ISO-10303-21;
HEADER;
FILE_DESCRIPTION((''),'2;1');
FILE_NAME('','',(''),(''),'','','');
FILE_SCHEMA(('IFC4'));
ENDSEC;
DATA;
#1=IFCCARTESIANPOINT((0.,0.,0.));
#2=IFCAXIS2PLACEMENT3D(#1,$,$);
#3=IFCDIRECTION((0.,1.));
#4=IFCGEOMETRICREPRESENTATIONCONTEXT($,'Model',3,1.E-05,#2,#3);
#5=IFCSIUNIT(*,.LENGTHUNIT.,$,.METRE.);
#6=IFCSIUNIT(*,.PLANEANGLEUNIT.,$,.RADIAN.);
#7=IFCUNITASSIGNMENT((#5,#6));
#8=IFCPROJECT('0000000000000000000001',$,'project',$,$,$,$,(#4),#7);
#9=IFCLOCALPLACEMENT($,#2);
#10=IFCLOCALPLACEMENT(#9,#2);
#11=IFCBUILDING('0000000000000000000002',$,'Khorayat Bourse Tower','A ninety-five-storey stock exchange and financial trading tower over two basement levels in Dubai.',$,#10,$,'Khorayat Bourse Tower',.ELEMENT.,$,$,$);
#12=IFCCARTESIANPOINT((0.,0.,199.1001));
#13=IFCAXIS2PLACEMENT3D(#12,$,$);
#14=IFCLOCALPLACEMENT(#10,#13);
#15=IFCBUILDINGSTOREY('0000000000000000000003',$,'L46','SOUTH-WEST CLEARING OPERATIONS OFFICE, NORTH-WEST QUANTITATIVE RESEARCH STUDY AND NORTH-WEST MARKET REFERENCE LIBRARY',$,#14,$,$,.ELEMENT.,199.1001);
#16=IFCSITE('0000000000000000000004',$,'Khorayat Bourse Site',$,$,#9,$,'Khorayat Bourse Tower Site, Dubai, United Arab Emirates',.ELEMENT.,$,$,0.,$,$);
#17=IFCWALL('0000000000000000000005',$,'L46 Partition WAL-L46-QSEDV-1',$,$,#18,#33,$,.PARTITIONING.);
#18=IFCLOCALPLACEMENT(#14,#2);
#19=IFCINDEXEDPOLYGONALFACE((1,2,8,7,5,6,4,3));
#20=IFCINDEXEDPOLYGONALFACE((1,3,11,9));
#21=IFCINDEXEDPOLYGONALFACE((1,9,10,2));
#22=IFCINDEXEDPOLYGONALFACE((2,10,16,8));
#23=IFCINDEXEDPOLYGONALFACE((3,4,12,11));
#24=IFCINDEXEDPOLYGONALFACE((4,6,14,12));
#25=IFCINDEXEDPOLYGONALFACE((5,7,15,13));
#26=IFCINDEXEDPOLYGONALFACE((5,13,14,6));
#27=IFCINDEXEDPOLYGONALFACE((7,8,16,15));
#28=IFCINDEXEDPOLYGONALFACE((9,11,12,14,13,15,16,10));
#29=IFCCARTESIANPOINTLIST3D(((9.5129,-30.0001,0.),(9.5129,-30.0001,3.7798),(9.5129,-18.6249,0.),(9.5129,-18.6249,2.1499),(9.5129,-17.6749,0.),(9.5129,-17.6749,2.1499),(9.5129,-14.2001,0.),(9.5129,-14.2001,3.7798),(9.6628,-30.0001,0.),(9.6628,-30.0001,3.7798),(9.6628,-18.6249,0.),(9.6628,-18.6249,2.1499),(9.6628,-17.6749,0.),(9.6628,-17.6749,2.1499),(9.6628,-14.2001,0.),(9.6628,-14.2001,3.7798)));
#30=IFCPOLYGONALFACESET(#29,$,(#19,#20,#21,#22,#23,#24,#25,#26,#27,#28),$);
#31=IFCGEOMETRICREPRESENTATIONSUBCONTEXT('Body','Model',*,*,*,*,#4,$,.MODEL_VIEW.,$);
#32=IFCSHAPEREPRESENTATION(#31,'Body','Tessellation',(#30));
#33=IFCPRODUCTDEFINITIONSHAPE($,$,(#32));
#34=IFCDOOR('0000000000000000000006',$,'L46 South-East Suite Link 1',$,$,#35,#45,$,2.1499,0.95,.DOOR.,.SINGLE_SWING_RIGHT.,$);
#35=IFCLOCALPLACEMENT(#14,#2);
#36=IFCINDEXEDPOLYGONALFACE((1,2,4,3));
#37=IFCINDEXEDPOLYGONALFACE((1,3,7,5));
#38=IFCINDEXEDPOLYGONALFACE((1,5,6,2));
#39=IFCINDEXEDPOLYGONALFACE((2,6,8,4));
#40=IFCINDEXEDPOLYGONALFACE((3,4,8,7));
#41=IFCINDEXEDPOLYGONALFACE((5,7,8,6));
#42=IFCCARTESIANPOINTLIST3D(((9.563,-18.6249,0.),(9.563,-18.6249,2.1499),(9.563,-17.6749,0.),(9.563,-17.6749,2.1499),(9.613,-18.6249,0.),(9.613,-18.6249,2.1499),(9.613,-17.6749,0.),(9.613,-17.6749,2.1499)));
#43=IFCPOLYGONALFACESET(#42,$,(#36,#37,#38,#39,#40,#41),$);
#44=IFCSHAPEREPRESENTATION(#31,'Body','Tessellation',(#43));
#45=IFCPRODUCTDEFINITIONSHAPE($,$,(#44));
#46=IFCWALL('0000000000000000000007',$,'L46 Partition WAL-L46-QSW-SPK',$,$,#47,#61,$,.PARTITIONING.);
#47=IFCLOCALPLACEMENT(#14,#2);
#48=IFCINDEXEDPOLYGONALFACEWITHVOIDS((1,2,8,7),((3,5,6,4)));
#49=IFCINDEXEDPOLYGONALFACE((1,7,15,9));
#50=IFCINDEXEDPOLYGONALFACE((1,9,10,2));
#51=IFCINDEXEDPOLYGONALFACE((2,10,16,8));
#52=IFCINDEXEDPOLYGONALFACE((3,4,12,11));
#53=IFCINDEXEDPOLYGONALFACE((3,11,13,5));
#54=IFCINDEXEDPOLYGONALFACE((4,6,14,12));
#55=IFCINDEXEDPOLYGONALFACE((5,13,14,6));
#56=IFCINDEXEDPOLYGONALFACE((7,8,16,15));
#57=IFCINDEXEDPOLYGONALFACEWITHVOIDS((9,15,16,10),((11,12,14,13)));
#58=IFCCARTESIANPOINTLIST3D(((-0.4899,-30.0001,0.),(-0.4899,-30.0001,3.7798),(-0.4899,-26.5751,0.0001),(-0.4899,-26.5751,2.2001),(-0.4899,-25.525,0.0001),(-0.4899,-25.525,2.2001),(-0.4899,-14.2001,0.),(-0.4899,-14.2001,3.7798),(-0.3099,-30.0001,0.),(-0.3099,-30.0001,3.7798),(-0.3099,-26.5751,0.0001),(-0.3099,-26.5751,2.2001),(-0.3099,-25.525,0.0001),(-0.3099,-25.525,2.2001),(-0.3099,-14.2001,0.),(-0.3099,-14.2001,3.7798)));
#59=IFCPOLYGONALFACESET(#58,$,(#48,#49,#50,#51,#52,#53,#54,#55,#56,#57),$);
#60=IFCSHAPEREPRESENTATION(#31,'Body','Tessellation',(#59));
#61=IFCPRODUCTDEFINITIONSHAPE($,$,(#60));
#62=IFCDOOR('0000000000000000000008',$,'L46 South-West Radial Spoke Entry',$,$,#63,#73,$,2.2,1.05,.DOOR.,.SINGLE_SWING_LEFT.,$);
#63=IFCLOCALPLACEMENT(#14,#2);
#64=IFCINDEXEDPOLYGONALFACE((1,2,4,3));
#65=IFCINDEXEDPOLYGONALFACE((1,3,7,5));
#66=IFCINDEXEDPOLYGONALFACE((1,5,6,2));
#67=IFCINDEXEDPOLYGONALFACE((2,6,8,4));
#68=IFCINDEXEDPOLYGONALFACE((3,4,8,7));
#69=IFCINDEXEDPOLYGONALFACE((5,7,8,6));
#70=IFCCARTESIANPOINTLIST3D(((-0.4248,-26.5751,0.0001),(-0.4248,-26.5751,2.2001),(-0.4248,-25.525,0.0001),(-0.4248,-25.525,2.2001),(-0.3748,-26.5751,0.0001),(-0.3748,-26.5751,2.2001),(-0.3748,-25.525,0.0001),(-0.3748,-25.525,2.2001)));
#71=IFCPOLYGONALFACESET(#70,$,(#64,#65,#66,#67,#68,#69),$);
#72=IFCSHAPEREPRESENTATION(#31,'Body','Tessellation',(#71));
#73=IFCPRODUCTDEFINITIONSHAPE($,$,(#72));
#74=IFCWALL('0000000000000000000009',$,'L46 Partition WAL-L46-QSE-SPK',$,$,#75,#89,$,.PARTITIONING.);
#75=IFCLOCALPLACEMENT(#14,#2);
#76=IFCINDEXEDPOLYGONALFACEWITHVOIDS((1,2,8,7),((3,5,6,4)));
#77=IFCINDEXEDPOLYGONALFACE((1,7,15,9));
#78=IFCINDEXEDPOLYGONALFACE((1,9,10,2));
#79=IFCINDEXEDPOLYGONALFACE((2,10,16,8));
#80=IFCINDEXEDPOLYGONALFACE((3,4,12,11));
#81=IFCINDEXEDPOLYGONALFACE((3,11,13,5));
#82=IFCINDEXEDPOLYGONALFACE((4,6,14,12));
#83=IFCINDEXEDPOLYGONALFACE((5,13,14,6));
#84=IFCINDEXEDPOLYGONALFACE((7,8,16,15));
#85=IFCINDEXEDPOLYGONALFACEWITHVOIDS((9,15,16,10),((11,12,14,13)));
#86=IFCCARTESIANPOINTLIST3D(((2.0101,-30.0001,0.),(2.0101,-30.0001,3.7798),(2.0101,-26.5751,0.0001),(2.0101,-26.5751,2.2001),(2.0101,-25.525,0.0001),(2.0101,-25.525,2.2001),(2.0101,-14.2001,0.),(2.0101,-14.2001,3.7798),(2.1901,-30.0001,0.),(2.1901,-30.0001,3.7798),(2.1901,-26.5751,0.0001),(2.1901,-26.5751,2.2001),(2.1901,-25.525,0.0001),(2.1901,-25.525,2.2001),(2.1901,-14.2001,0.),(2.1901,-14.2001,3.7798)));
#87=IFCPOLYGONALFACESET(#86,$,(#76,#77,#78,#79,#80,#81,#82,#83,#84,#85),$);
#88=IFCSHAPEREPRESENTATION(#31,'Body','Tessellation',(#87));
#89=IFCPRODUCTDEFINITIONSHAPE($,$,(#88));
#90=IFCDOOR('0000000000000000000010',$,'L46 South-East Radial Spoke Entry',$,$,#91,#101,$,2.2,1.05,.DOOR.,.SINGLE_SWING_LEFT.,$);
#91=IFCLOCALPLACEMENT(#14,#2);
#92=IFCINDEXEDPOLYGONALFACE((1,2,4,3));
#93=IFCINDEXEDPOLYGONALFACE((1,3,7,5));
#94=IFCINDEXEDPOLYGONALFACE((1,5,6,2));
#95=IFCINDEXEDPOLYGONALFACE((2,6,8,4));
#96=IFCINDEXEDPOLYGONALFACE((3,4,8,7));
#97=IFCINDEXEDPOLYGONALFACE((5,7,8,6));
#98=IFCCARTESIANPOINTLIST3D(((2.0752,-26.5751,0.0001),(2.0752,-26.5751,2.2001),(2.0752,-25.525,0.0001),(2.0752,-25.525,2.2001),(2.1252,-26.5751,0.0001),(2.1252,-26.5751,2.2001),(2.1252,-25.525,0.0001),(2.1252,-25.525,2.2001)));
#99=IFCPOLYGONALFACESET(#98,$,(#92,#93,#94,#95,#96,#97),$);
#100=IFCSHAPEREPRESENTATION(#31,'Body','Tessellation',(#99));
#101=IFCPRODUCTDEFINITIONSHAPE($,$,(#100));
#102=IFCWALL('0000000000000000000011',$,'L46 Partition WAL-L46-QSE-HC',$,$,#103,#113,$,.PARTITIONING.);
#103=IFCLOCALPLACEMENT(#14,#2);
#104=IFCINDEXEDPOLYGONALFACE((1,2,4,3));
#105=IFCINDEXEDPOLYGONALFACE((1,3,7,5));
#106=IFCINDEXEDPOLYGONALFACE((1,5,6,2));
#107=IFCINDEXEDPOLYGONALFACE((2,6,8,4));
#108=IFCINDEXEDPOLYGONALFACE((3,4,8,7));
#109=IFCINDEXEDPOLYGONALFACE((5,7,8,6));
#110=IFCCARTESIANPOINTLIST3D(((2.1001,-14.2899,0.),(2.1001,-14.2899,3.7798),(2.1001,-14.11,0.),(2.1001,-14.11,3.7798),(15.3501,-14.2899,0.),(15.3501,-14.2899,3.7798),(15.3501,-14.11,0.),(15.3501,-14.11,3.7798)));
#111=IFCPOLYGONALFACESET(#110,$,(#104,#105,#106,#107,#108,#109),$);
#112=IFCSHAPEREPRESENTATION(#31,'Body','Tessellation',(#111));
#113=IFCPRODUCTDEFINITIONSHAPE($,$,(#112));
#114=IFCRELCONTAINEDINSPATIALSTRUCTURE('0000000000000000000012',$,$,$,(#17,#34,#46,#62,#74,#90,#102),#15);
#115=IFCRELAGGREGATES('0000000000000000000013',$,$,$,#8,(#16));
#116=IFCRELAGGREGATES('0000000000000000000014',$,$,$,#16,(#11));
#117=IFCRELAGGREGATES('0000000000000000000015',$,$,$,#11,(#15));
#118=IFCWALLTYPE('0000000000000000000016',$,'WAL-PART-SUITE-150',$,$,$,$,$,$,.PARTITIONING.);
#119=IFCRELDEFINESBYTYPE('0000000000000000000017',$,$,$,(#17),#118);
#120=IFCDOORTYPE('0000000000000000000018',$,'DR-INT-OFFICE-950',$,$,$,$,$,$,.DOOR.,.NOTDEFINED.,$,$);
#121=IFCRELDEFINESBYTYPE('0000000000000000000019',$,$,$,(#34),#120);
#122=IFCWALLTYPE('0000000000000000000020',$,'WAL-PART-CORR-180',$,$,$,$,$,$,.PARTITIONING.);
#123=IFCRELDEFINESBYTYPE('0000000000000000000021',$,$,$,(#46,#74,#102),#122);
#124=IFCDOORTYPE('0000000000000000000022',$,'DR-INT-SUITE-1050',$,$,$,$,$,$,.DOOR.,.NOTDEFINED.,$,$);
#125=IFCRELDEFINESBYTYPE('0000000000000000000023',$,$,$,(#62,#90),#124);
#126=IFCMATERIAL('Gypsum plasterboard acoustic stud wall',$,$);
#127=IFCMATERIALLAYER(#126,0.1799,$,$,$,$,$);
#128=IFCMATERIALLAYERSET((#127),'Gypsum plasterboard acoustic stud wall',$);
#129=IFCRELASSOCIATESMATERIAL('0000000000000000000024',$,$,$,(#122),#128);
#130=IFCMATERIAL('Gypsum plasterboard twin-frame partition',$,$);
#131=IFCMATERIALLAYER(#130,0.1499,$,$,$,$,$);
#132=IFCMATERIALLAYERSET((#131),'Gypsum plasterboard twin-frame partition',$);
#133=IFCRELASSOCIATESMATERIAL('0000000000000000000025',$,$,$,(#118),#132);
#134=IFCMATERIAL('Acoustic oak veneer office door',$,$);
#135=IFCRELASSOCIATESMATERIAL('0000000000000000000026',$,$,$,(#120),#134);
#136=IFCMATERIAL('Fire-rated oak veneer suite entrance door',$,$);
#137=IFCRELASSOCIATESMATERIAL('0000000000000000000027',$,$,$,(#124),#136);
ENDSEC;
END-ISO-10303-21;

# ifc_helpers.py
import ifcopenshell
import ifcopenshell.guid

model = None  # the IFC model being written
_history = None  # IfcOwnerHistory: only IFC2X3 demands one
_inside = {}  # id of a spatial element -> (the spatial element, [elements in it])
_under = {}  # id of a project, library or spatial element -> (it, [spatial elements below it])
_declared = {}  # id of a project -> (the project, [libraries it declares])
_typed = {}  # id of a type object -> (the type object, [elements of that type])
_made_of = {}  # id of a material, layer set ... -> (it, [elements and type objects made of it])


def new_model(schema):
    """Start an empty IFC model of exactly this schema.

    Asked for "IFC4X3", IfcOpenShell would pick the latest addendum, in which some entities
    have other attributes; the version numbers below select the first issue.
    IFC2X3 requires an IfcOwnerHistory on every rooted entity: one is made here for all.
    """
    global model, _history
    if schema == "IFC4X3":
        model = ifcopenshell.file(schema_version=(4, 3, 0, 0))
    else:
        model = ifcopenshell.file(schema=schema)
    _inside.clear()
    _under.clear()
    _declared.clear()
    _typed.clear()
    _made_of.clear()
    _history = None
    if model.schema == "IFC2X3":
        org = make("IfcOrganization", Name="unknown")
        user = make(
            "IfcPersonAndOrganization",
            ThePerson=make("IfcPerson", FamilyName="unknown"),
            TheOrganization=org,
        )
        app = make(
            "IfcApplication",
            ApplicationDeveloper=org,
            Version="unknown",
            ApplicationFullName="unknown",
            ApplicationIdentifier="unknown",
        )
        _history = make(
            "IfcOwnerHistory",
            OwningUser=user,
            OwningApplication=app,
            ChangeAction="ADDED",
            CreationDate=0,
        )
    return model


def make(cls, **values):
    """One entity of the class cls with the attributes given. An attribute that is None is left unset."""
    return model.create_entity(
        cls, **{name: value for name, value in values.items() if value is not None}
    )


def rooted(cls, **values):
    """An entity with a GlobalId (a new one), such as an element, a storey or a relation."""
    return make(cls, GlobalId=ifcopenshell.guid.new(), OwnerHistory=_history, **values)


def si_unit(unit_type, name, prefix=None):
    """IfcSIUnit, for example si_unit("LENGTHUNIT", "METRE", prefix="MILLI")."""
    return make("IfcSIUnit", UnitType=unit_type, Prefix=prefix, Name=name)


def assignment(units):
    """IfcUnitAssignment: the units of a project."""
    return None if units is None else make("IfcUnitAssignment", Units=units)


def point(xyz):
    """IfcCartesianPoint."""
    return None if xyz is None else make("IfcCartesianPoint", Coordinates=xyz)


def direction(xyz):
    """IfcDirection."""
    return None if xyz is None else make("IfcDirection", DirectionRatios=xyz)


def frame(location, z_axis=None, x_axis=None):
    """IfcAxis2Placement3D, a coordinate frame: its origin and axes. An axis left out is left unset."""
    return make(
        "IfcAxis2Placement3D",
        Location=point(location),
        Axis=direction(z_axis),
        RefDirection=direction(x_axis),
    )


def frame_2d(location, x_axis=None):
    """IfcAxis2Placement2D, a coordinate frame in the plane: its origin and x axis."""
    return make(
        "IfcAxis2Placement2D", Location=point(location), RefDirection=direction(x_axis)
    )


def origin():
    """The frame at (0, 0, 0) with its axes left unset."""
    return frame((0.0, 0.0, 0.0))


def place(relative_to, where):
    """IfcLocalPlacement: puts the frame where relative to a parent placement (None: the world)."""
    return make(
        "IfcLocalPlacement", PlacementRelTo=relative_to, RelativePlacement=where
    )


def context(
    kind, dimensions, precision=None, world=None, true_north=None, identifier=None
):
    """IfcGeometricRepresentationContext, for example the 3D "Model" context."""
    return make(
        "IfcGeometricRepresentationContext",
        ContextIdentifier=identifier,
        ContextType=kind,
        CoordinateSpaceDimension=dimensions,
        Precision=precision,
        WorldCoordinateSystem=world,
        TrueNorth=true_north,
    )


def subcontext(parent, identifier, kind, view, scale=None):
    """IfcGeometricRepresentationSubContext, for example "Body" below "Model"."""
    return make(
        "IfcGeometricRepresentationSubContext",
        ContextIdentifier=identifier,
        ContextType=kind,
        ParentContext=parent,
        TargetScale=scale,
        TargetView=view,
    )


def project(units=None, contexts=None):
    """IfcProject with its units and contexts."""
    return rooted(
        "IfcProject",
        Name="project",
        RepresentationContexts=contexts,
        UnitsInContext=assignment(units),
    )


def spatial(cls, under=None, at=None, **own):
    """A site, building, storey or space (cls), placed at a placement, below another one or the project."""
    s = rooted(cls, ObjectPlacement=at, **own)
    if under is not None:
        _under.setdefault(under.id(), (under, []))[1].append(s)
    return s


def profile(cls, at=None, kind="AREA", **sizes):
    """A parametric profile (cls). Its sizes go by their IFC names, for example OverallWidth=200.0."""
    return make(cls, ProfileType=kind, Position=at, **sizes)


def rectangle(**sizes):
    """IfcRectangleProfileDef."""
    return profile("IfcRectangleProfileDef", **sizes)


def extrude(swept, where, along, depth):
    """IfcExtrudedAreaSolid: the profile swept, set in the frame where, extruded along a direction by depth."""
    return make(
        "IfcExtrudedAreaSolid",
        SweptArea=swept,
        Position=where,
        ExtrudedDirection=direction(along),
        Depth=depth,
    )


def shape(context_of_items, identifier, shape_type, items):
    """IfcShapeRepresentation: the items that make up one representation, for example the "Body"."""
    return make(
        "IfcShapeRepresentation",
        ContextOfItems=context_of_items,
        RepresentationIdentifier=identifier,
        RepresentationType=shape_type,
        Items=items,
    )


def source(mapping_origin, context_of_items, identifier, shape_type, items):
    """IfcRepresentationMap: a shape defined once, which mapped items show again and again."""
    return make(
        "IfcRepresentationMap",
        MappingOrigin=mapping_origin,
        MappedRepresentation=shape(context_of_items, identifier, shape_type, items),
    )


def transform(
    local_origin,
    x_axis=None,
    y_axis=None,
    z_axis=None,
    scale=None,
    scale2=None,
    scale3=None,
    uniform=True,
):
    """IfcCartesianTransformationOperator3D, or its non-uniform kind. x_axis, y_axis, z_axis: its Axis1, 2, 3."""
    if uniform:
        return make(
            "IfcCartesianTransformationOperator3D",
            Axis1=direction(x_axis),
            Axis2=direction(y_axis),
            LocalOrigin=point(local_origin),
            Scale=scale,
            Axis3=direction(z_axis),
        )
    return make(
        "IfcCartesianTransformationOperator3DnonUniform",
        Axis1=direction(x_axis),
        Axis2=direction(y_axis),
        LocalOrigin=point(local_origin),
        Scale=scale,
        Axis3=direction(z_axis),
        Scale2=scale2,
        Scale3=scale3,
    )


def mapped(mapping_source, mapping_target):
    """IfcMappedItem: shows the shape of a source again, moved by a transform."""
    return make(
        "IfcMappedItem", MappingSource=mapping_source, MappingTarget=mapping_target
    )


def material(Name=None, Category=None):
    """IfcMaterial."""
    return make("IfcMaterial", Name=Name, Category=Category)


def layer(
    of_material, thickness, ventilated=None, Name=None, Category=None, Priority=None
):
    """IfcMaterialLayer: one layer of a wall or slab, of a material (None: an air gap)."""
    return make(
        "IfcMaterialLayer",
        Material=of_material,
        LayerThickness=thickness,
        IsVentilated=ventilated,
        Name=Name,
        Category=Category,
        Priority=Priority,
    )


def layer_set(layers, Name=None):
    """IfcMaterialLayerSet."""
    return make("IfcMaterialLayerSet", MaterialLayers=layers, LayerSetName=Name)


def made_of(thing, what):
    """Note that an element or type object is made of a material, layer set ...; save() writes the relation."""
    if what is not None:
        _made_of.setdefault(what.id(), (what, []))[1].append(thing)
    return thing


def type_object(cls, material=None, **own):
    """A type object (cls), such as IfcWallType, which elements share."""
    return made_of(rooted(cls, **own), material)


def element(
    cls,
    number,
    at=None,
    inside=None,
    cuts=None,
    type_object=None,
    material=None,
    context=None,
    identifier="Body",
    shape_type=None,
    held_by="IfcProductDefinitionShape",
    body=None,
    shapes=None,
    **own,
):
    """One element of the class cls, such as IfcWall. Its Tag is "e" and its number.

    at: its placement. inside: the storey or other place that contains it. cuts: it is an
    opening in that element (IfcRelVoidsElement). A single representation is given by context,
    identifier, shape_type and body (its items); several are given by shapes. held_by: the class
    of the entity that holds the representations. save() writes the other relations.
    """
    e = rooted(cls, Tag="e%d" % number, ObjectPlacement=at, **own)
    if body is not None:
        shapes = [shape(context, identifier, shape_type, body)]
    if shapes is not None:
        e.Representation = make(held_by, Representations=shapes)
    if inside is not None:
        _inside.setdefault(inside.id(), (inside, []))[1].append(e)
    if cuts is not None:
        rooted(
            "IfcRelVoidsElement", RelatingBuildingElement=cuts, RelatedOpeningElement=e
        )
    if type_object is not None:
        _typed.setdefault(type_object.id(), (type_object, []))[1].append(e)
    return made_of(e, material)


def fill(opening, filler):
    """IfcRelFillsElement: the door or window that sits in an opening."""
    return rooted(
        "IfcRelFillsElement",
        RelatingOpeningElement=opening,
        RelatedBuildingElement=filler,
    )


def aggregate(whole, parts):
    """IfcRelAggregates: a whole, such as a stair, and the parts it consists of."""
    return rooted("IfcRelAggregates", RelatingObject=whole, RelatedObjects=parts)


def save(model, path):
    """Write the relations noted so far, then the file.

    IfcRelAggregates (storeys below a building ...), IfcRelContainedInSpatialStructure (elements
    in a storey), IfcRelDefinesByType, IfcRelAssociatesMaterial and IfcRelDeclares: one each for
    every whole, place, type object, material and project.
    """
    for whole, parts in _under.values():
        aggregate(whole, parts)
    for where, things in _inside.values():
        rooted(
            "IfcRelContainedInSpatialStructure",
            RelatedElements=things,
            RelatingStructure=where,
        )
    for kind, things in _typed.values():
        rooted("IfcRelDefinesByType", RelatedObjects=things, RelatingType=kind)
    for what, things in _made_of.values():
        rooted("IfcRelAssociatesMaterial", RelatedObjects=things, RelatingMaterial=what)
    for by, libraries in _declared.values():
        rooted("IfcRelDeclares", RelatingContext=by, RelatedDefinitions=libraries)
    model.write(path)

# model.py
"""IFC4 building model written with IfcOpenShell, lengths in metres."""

from ifc_helpers import new_model, si_unit, direction, frame, frame_2d, origin, place, context, subcontext, project, spatial, rectangle, extrude, source, transform, mapped, material, layer, layer_set, type_object, element, fill, save


model = new_model("IFC4")

# Units and contexts
model_context = context("Model", 3, precision=1e-05, world=origin(), true_north=direction((0.0, 1.0)))
body_context = subcontext(model_context, "Body", "Model", "MODEL_VIEW")
ifc_project = project(units=[si_unit("LENGTHUNIT", "METRE"), si_unit("PLANEANGLEUNIT", "RADIAN")], contexts=[model_context])

# Site, building, storey
site_placement = place(None, origin())
site = spatial("IfcSite", under=ifc_project, at=site_placement, Name="Khorayat Bourse Site", LongName="Khorayat Bourse Tower Site, Dubai, United Arab Emirates", CompositionType="ELEMENT", RefElevation=0.0)
building_placement = place(site_placement, origin())
building = spatial("IfcBuilding", under=site, at=building_placement, Name="Khorayat Bourse Tower", Description="A ninety-five-storey stock exchange and financial trading tower over two basement levels in Dubai.", LongName="Khorayat Bourse Tower", CompositionType="ELEMENT")
storey_placement = place(building_placement, frame((0.0, 0.0, 199.1001)))
storey = spatial("IfcBuildingStorey", under=building, at=storey_placement, Name="L46", Description="SOUTH-WEST CLEARING OPERATIONS OFFICE, NORTH-WEST QUANTITATIVE RESEARCH STUDY AND NORTH-WEST MARKET REFERENCE LIBRARY", CompositionType="ELEMENT", Elevation=199.1001)

# Shared definitions
ifc_material_1 = material(Name="Gypsum plasterboard acoustic stud wall")
ifc_layer_1 = layer(ifc_material_1, 0.1799)
ifc_layer_set_1 = layer_set([ifc_layer_1], Name="Gypsum plasterboard acoustic stud wall")
wall_type_1 = type_object("IfcWallType", Name="WAL-PART-CORR-180", PredefinedType="PARTITIONING", material=ifc_layer_set_1)

# Walls, openings, doors
ifc_material_2 = material(Name="Gypsum plasterboard twin-frame partition")
ifc_layer_2 = layer(ifc_material_2, 0.1499)
ifc_layer_set_2 = layer_set([ifc_layer_2], Name="Gypsum plasterboard twin-frame partition")
wall_type_2 = type_object("IfcWallType", Name="WAL-PART-SUITE-150", PredefinedType="PARTITIONING", material=ifc_layer_set_2)
shared_shape_1 = source(origin(), body_context, "Body", "SweptSolid", [
    extrude(rectangle(XDim=15.8, YDim=0.1499, at=frame_2d((7.8999, 0.0))), origin(), (0.0, 0.0, 1.0), 3.7798),
])
wall_1_placement = place(storey_placement, frame((9.5879, -30.0, 0.0), z_axis=(0.0, 0.0, 1.0), x_axis=(0.0, 1.0, 0.0)))
wall_1 = element("IfcWall", 1, at=wall_1_placement, inside=storey, type_object=wall_type_2, Name="L46 Partition WAL-L46-QSEDV-1", PredefinedType="PARTITIONING", context=body_context, shape_type="MappedRepresentation", body=[
    mapped(shared_shape_1, transform((0.0, 0.0, 0.0), scale=1.0)),
])
shared_shape_2 = source(origin(), body_context, "Body", "SweptSolid", [
    extrude(rectangle(XDim=0.95, YDim=2.1499, at=frame_2d((0.4751, 1.075))), frame((0.0, 0.085, 0.0), z_axis=(0.0, -1.0, 0.0), x_axis=(1.0, 0.0, 0.0)), (0.0, 0.0, 1.0), 0.1699),
])
opening_1_placement = place(wall_1_placement, frame((11.375, 0.0, 0.0)))
opening_1 = element("IfcOpeningElement", 2, at=opening_1_placement, cuts=wall_1, PredefinedType="OPENING", context=body_context, shape_type="MappedRepresentation", body=[
    mapped(shared_shape_2, transform((0.0, 0.0, 0.0), scale=1.0)),
])
ifc_material_3 = material(Name="Acoustic oak veneer office door")
door_type_1 = type_object("IfcDoorType", Name="DR-INT-OFFICE-950", OperationType="NOTDEFINED", PredefinedType="DOOR", material=ifc_material_3)
shared_shape_3 = source(origin(), body_context, "Body", "SweptSolid", [
    extrude(rectangle(XDim=0.95, YDim=2.1499, at=frame_2d((0.4751, 1.075))), frame((0.0, 0.0249, 0.0), z_axis=(0.0, -1.0, 0.0), x_axis=(1.0, 0.0, 0.0)), (0.0, 0.0, 1.0), 0.05),
])
door_1_placement = place(opening_1_placement, origin())
door_1 = element("IfcDoor", 3, at=door_1_placement, inside=storey, type_object=door_type_1, Name="L46 South-East Suite Link 1", OperationType="SINGLE_SWING_RIGHT", OverallHeight=2.1499, OverallWidth=0.95, PredefinedType="DOOR", context=body_context, shape_type="MappedRepresentation", body=[
    mapped(shared_shape_3, transform((0.0, 0.0, 0.0), scale=1.0)),
])
fill(opening_1, door_1)
shared_shape_4 = source(origin(), body_context, "Body", "SweptSolid", [
    extrude(rectangle(XDim=15.8, YDim=0.1799, at=frame_2d((7.8999, 0.0))), origin(), (0.0, 0.0, 1.0), 3.7798),
])
wall_2_placement = place(storey_placement, frame((-0.3999, -30.0, 0.0), z_axis=(0.0, 0.0, 1.0), x_axis=(0.0, 1.0, 0.0)))
wall_2 = element("IfcWall", 4, at=wall_2_placement, inside=storey, type_object=wall_type_1, Name="L46 Partition WAL-L46-QSW-SPK", PredefinedType="PARTITIONING", context=body_context, shape_type="MappedRepresentation", body=[
    mapped(shared_shape_4, transform((0.0, 0.0, 0.0), scale=1.0)),
])
shared_shape_5 = source(origin(), body_context, "Body", "SweptSolid", [
    extrude(rectangle(XDim=1.05, YDim=2.2, at=frame_2d((0.5249, 1.1001))), frame((0.0, 0.0999, 0.0), z_axis=(0.0, -1.0, 0.0), x_axis=(1.0, 0.0, 0.0)), (0.0, 0.0, 1.0), 0.2),
])
opening_2_placement = place(wall_2_placement, frame((3.425, 0.0, 0.0)))
opening_2 = element("IfcOpeningElement", 5, at=opening_2_placement, cuts=wall_2, PredefinedType="OPENING", context=body_context, shape_type="MappedRepresentation", body=[
    mapped(shared_shape_5, transform((0.0, 0.0, 0.0), scale=1.0)),
])
ifc_material_4 = material(Name="Fire-rated oak veneer suite entrance door")
door_type_2 = type_object("IfcDoorType", Name="DR-INT-SUITE-1050", OperationType="NOTDEFINED", PredefinedType="DOOR", material=ifc_material_4)
shared_shape_6 = source(origin(), body_context, "Body", "SweptSolid", [
    extrude(rectangle(XDim=1.05, YDim=2.2, at=frame_2d((0.5249, 1.1001))), frame((0.0, 0.0249, 0.0), z_axis=(0.0, -1.0, 0.0), x_axis=(1.0, 0.0, 0.0)), (0.0, 0.0, 1.0), 0.05),
])
door_2_placement = place(opening_2_placement, origin())
door_2 = element("IfcDoor", 6, at=door_2_placement, inside=storey, type_object=door_type_2, Name="L46 South-West Radial Spoke Entry", OperationType="SINGLE_SWING_LEFT", OverallHeight=2.2, OverallWidth=1.05, PredefinedType="DOOR", context=body_context, shape_type="MappedRepresentation", body=[
    mapped(shared_shape_6, transform((0.0, 0.0, 0.0), scale=1.0)),
])
fill(opening_2, door_2)
wall_3_placement = place(storey_placement, frame((2.1001, -30.0, 0.0), z_axis=(0.0, 0.0, 1.0), x_axis=(0.0, 1.0, 0.0)))
wall_3 = element("IfcWall", 7, at=wall_3_placement, inside=storey, type_object=wall_type_1, Name="L46 Partition WAL-L46-QSE-SPK", PredefinedType="PARTITIONING", context=body_context, shape_type="MappedRepresentation", body=[
    mapped(shared_shape_4, transform((0.0, 0.0, 0.0), scale=1.0)),
])
opening_3_placement = place(wall_3_placement, frame((3.425, 0.0, 0.0)))
opening_3 = element("IfcOpeningElement", 8, at=opening_3_placement, cuts=wall_3, PredefinedType="OPENING", context=body_context, shape_type="MappedRepresentation", body=[
    mapped(shared_shape_5, transform((0.0, 0.0, 0.0), scale=1.0)),
])
door_3_placement = place(opening_3_placement, origin())
door_3 = element("IfcDoor", 9, at=door_3_placement, inside=storey, type_object=door_type_2, Name="L46 South-East Radial Spoke Entry", OperationType="SINGLE_SWING_LEFT", OverallHeight=2.2, OverallWidth=1.05, PredefinedType="DOOR", context=body_context, shape_type="MappedRepresentation", body=[
    mapped(shared_shape_6, transform((0.0, 0.0, 0.0), scale=1.0)),
])
fill(opening_3, door_3)

# Wall
shared_shape_7 = source(origin(), body_context, "Body", "SweptSolid", [
    extrude(rectangle(XDim=13.25, YDim=0.1799, at=frame_2d((6.625, 0.0))), origin(), (0.0, 0.0, 1.0), 3.7798),
])
wall_4_placement = place(storey_placement, frame((2.1001, -14.2, 0.0), z_axis=(0.0, 0.0, 1.0), x_axis=(1.0, 0.0, 0.0)))
element("IfcWall", 10, at=wall_4_placement, inside=storey, type_object=wall_type_1, Name="L46 Partition WAL-L46-QSE-HC", PredefinedType="PARTITIONING", context=body_context, shape_type="MappedRepresentation", body=[
    mapped(shared_shape_7, transform((0.0, 0.0, 0.0), scale=1.0)),
])

save(model, "model.ifc")
